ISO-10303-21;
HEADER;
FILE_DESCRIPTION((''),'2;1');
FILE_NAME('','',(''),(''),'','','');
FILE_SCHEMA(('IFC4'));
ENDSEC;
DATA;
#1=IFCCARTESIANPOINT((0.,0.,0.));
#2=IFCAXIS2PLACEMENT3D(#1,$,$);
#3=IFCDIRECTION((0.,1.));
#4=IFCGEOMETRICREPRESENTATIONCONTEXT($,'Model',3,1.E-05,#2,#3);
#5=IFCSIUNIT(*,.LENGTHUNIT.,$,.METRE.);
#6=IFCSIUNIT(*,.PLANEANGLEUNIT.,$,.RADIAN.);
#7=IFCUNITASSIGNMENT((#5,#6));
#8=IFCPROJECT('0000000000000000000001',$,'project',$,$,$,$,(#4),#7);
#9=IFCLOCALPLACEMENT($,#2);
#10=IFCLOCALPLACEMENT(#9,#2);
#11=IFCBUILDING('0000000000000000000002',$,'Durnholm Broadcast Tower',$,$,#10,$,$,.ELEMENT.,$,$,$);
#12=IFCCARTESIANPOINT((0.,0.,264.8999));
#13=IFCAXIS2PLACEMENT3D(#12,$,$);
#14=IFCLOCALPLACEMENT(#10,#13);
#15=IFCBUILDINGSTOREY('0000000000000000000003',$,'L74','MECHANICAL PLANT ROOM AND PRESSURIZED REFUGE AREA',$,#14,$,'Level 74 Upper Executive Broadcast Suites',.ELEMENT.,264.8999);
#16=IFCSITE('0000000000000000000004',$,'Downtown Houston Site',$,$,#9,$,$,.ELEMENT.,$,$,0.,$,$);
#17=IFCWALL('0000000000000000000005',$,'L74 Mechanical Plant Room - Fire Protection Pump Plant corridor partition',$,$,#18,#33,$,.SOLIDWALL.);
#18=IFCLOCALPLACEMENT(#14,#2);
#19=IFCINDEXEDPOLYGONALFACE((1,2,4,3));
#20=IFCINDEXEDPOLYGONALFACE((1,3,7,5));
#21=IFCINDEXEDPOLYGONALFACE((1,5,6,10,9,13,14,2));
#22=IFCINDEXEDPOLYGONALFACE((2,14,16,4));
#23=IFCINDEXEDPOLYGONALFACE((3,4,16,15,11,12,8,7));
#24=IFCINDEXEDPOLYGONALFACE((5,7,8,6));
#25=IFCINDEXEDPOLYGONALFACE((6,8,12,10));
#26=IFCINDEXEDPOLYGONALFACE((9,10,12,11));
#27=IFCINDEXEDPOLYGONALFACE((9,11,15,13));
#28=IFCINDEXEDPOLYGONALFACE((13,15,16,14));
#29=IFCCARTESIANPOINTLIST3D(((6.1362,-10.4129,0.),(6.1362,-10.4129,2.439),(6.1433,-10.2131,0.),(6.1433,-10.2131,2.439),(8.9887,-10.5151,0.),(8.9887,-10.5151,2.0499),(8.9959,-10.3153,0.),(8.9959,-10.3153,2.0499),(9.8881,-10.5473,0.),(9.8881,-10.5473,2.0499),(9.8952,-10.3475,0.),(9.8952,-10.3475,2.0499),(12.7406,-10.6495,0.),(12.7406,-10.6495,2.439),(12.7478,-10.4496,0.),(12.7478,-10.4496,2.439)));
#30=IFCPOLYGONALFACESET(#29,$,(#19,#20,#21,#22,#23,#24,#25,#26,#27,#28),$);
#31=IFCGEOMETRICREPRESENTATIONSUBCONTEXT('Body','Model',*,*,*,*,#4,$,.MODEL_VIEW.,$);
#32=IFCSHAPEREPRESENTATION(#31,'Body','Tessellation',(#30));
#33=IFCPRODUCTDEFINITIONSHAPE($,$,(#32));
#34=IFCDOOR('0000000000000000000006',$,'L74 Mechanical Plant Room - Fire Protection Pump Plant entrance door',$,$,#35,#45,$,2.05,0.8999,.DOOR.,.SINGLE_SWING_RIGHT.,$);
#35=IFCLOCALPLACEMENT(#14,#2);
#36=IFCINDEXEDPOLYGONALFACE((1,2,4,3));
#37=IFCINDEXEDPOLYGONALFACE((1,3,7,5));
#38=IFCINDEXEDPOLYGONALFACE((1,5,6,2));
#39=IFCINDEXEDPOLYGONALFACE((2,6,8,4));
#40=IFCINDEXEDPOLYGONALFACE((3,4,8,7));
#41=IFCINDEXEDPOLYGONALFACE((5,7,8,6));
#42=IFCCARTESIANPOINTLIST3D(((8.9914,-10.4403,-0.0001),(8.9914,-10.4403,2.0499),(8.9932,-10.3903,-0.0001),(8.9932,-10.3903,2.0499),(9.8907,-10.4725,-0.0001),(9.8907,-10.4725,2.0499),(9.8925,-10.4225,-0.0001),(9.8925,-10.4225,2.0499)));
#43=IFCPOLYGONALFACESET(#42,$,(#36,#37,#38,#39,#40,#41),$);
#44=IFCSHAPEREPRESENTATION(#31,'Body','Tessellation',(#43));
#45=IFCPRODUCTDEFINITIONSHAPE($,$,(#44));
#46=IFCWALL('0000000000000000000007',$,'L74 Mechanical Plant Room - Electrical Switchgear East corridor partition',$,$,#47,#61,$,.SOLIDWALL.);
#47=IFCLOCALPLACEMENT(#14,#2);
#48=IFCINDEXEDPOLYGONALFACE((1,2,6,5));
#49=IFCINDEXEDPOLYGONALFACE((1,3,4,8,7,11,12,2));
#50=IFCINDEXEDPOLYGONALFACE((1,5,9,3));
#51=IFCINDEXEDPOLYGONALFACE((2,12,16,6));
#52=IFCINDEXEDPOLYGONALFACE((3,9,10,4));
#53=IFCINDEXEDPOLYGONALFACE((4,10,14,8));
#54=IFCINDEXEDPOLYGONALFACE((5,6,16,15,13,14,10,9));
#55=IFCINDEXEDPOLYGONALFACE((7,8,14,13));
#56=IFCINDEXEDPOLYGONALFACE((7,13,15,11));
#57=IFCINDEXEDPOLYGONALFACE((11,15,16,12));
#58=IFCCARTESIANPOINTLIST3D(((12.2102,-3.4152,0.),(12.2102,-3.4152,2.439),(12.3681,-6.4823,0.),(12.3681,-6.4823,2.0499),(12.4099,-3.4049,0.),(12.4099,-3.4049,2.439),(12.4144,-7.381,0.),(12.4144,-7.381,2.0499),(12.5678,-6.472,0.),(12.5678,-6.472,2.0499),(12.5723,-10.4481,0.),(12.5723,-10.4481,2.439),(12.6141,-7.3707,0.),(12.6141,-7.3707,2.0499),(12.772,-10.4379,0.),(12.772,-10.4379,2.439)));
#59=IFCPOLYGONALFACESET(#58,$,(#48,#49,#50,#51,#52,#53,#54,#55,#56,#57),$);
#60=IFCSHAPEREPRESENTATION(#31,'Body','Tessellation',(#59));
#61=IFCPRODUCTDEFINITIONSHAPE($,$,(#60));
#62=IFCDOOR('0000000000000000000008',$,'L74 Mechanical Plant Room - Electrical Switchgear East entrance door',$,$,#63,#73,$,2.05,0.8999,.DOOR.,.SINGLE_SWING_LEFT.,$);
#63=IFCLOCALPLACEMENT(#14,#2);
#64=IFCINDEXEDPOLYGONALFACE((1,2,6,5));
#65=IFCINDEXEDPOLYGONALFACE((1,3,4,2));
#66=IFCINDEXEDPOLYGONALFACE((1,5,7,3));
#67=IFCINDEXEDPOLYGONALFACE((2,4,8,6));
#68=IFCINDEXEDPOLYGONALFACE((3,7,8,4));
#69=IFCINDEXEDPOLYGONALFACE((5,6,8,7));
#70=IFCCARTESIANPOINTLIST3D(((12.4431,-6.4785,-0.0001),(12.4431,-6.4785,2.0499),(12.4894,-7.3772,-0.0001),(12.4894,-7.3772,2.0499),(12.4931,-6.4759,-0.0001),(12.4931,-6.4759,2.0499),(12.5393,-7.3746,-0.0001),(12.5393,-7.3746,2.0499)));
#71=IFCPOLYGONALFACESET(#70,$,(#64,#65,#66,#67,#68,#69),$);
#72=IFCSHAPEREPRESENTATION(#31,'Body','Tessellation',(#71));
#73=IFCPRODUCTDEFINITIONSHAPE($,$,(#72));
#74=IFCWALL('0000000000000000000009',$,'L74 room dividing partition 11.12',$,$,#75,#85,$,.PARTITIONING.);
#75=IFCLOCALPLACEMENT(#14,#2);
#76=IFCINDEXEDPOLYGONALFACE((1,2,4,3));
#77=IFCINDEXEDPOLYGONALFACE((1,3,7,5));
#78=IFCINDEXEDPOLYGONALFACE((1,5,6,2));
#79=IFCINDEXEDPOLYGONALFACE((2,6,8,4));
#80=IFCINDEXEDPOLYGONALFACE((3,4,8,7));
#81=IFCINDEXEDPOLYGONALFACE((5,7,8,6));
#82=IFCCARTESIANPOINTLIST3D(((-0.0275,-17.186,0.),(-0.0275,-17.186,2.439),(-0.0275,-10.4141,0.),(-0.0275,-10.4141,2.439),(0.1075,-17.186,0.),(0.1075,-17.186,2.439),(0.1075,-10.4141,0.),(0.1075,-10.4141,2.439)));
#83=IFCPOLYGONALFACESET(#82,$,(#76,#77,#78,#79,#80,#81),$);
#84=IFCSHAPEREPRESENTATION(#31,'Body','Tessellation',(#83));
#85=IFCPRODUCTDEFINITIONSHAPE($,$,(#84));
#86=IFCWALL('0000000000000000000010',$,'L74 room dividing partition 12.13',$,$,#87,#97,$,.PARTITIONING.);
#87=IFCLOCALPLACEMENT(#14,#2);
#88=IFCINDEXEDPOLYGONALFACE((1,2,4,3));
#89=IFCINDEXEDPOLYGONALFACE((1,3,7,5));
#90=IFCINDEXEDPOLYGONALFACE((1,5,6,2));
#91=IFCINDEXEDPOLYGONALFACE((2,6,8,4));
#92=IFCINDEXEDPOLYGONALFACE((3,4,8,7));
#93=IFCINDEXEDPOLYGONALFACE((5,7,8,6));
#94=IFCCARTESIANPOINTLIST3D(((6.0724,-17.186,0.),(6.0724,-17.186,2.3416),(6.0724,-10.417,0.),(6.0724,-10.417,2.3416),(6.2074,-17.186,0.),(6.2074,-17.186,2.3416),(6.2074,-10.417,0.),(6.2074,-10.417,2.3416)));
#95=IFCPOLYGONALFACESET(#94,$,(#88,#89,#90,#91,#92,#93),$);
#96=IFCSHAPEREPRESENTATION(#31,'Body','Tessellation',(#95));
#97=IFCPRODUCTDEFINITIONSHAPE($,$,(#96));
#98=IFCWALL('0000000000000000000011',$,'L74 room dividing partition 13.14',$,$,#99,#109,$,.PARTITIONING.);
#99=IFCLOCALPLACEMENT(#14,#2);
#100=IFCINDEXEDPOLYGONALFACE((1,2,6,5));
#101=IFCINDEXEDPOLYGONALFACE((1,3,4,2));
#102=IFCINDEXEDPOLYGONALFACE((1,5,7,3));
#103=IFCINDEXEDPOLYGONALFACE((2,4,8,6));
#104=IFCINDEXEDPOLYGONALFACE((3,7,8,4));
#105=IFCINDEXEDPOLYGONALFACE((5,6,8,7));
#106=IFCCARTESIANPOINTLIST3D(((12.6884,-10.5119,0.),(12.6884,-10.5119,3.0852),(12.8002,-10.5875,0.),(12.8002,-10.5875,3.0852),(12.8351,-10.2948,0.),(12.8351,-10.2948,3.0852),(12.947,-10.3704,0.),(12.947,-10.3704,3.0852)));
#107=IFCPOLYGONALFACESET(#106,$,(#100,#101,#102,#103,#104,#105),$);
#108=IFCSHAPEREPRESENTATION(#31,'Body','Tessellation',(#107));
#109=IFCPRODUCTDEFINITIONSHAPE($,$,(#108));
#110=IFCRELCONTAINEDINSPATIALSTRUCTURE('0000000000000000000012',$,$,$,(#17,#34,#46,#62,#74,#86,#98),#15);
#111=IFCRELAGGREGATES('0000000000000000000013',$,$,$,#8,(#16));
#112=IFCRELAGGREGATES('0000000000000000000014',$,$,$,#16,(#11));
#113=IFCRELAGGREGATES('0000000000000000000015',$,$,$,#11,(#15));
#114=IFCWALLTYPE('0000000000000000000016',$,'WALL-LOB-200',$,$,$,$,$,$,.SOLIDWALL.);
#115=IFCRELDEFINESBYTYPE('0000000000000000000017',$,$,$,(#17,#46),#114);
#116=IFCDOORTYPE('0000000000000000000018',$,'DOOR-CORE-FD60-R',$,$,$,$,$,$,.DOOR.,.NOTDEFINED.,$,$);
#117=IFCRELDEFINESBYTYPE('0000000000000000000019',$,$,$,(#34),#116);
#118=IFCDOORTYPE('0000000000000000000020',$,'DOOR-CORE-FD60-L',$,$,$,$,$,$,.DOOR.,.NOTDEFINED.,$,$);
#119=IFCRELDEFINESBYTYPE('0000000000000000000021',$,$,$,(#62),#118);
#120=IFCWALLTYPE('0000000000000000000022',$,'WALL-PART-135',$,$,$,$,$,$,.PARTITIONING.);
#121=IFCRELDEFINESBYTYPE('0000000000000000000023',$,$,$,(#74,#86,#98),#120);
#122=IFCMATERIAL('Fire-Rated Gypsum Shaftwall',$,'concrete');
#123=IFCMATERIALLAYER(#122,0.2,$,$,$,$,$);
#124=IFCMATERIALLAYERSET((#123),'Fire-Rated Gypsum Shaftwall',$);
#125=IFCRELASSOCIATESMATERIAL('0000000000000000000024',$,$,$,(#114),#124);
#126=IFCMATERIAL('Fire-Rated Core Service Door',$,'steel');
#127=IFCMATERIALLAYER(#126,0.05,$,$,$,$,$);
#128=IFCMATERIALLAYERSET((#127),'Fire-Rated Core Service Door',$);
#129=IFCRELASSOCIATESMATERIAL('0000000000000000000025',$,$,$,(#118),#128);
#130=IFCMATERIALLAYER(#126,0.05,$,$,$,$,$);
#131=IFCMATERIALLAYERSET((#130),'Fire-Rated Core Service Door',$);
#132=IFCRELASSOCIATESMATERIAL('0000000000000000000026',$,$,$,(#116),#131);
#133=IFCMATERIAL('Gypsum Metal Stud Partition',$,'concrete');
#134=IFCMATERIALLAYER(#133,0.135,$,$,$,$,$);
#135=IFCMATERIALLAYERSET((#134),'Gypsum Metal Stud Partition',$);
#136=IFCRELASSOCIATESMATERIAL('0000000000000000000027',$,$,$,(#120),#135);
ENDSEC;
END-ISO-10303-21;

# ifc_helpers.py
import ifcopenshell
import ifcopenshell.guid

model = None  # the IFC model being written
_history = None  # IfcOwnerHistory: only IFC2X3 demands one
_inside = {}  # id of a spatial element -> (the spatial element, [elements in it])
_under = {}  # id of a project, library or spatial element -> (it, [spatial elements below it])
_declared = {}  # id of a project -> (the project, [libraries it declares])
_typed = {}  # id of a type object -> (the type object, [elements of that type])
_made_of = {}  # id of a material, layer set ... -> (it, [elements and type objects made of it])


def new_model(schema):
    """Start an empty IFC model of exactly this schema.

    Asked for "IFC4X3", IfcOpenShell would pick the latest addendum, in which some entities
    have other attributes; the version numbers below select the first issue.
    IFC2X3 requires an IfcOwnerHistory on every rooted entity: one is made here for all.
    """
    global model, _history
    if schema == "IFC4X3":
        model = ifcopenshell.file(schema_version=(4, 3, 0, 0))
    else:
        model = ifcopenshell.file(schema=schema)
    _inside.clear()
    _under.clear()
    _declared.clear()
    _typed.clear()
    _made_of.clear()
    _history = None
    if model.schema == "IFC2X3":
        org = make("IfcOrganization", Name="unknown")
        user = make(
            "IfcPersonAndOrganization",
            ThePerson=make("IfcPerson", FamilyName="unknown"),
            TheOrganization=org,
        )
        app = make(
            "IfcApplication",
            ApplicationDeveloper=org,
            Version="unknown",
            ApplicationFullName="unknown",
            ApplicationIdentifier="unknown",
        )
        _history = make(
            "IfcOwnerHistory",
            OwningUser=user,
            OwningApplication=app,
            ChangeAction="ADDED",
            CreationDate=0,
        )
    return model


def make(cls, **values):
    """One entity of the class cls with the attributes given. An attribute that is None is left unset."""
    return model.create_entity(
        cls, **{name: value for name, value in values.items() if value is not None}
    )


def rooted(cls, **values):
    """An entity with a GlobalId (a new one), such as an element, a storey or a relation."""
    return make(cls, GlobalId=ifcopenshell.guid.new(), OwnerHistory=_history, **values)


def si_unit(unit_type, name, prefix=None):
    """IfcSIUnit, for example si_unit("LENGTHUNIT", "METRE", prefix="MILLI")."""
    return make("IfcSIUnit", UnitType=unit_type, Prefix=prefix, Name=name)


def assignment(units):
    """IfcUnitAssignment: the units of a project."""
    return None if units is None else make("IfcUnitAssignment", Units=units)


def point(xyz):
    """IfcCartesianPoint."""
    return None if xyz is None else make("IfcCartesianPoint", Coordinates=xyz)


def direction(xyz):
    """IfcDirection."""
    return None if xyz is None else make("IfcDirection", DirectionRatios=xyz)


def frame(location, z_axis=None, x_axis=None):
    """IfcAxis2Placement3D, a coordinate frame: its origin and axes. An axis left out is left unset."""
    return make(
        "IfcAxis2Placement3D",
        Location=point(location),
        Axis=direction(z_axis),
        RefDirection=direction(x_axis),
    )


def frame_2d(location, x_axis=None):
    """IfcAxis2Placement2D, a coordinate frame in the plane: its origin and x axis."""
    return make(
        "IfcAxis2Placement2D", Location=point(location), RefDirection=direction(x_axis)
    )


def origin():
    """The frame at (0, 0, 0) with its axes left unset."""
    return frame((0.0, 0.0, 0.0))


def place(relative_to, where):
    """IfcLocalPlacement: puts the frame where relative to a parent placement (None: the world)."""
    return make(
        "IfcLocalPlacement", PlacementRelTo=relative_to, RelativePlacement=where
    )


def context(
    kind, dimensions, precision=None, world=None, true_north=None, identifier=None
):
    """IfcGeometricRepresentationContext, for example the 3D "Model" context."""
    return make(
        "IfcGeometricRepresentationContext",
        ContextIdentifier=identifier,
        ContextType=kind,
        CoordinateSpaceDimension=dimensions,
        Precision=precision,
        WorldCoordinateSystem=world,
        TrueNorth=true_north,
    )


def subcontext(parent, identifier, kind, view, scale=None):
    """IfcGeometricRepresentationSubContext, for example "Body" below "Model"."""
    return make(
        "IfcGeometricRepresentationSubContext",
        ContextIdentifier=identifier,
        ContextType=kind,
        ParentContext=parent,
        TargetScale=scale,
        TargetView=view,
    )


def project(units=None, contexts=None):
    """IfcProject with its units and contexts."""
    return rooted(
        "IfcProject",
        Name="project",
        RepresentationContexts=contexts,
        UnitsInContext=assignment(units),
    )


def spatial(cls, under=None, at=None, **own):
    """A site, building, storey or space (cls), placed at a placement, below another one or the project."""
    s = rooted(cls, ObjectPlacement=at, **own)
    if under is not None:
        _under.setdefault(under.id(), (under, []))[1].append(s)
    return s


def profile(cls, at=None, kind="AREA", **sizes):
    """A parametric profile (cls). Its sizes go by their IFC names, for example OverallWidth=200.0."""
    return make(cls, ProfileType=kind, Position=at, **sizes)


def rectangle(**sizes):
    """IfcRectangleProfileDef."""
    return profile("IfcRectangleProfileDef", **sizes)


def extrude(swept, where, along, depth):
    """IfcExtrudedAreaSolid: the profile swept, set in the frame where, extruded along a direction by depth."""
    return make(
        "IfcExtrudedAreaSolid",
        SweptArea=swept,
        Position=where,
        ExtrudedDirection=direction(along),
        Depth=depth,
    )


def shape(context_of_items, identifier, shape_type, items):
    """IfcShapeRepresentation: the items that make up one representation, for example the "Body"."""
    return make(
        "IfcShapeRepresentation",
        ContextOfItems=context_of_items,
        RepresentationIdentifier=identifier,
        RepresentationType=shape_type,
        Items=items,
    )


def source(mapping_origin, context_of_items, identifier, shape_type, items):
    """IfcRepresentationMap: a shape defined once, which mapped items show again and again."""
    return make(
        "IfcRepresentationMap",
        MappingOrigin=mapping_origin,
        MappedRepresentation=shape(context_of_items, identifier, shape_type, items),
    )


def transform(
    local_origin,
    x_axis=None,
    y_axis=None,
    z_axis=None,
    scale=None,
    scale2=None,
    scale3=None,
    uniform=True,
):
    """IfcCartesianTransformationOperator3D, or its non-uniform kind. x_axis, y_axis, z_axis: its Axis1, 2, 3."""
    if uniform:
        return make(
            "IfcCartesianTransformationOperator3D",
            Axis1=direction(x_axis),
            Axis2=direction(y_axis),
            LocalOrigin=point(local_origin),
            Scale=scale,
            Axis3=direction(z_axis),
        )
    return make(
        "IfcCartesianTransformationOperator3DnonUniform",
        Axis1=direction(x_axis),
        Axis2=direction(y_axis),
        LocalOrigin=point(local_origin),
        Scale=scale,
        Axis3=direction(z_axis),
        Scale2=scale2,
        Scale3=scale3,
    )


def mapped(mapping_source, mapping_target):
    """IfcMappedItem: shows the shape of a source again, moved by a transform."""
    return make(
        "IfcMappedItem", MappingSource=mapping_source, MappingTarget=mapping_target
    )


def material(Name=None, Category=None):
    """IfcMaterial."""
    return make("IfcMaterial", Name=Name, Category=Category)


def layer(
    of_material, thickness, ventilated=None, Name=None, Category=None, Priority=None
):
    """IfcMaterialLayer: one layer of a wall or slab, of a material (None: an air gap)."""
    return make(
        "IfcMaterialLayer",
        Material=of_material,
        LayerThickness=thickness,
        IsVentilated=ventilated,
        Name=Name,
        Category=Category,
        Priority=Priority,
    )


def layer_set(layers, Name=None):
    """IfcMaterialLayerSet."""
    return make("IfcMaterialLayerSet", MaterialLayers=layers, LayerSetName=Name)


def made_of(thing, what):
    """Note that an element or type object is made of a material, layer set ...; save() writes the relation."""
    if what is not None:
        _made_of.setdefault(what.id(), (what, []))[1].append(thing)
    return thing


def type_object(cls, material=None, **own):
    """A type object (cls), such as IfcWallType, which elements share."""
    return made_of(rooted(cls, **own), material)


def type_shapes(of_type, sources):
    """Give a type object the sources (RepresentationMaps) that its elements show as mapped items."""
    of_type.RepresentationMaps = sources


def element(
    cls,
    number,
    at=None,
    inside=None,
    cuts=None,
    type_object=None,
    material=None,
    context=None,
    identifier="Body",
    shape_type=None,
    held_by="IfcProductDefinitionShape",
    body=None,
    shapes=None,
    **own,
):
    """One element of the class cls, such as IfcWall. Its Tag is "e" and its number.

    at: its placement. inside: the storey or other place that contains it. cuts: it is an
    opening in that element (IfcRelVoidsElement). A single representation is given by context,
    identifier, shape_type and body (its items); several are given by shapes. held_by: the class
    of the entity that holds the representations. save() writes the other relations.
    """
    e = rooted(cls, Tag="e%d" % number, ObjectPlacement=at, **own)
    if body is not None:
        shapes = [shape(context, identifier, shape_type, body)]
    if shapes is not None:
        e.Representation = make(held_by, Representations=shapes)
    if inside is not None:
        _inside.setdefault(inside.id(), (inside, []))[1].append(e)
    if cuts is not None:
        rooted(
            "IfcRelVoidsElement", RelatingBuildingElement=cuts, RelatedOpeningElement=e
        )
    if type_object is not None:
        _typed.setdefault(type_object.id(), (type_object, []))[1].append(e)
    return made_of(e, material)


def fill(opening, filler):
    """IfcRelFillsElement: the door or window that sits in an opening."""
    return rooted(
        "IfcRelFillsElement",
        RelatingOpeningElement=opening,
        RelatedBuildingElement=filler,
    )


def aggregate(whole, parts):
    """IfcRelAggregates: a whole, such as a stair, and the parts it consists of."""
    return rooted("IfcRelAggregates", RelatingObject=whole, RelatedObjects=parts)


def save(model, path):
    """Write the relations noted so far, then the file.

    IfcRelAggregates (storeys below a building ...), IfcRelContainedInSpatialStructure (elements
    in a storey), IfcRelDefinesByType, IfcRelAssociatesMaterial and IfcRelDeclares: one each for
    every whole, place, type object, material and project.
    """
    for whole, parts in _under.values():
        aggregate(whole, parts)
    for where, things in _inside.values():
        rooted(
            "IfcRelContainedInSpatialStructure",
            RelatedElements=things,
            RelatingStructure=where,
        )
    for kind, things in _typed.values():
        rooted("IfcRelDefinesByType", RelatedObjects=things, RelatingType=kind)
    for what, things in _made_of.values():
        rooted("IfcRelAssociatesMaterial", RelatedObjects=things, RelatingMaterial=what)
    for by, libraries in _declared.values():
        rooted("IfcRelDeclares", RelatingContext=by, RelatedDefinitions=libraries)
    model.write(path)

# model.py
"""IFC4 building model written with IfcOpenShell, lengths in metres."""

from ifc_helpers import new_model, si_unit, direction, frame, frame_2d, origin, place, context, subcontext, project, spatial, rectangle, extrude, source, transform, mapped, material, layer, layer_set, type_object, type_shapes, element, fill, save


model = new_model("IFC4")

# Units and contexts
model_context = context("Model", 3, precision=1e-05, world=origin(), true_north=direction((0.0, 1.0)))
body_context = subcontext(model_context, "Body", "Model", "MODEL_VIEW")
ifc_project = project(units=[si_unit("LENGTHUNIT", "METRE"), si_unit("PLANEANGLEUNIT", "RADIAN")], contexts=[model_context])

# Site, building, storey
site_placement = place(None, origin())
site = spatial("IfcSite", under=ifc_project, at=site_placement, Name="Downtown Houston Site", CompositionType="ELEMENT", RefElevation=0.0)
building_placement = place(site_placement, origin())
building = spatial("IfcBuilding", under=site, at=building_placement, Name="Durnholm Broadcast Tower", CompositionType="ELEMENT")
storey_placement = place(building_placement, frame((0.0, 0.0, 264.8999)))
storey = spatial("IfcBuildingStorey", under=building, at=storey_placement, Name="L74", Description="MECHANICAL PLANT ROOM AND PRESSURIZED REFUGE AREA", LongName="Level 74 Upper Executive Broadcast Suites", CompositionType="ELEMENT", Elevation=264.8999)

# Walls, openings, doors
ifc_material_1 = material(Name="Fire-Rated Gypsum Shaftwall", Category="concrete")
ifc_layer_1 = layer(ifc_material_1, 0.2)
ifc_layer_set_1 = layer_set([ifc_layer_1], Name="Fire-Rated Gypsum Shaftwall")
wall_type_1 = type_object("IfcWallType", Name="WALL-LOB-200", PredefinedType="SOLIDWALL", material=ifc_layer_set_1)
ifc_material_2 = material(Name="Fire-Rated Core Service Door", Category="steel")
ifc_layer_2 = layer(ifc_material_2, 0.05)
ifc_layer_set_2 = layer_set([ifc_layer_2], Name="Fire-Rated Core Service Door")
door_type_1 = type_object("IfcDoorType", Name="DOOR-CORE-FD60-L", OperationType="NOTDEFINED", PredefinedType="DOOR", material=ifc_layer_set_2)
shared_shape_1 = source(origin(), body_context, "Body", "SweptSolid", [
    extrude(rectangle(XDim=0.8999, YDim=2.05, at=frame_2d((0.45, 1.0249))), frame((0.0, 0.0249, 0.0), z_axis=(0.0, -1.0, 0.0), x_axis=(1.0, 0.0, 0.0)), (0.0, 0.0, 1.0), 0.05),
])
type_shapes(door_type_1, [shared_shape_1])
wall_1_placement = place(storey_placement, frame((6.1399, -10.313, 0.0), z_axis=(0.0, 0.0, 1.0), x_axis=(0.999359, -0.035797, 0.0)))
wall_1 = element("IfcWall", 1, at=wall_1_placement, inside=storey, type_object=wall_type_1, Name="L74 Mechanical Plant Room - Fire Protection Pump Plant corridor partition", PredefinedType="SOLIDWALL", context=body_context, shape_type="SweptSolid", body=[
    extrude(rectangle(XDim=6.6086, YDim=0.2, at=frame_2d((3.3042, 0.0))), origin(), (0.0, 0.0, 1.0), 2.439),
])
opening_1_placement = place(wall_1_placement, frame((2.8542, 0.0, 0.0)))
opening_1 = element("IfcOpeningElement", 2, at=opening_1_placement, cuts=wall_1, PredefinedType="OPENING", context=body_context, shape_type="SweptSolid", body=[
    extrude(rectangle(XDim=0.8999, YDim=2.05, at=frame_2d((0.45, 1.0249))), frame((0.0, 0.1099, 0.0), z_axis=(0.0, -1.0, 0.0), x_axis=(1.0, 0.0, 0.0)), (0.0, 0.0, 1.0), 0.22),
])
ifc_layer_3 = layer(ifc_material_2, 0.05)
ifc_layer_set_3 = layer_set([ifc_layer_3], Name="Fire-Rated Core Service Door")
door_type_2 = type_object("IfcDoorType", Name="DOOR-CORE-FD60-R", OperationType="NOTDEFINED", PredefinedType="DOOR", material=ifc_layer_set_3)
shared_shape_2 = source(origin(), body_context, "Body", "SweptSolid", [
    extrude(rectangle(XDim=0.8999, YDim=2.05, at=frame_2d((0.45, 1.0249))), frame((0.0, 0.0249, 0.0), z_axis=(0.0, -1.0, 0.0), x_axis=(1.0, 0.0, 0.0)), (0.0, 0.0, 1.0), 0.05),
])
type_shapes(door_type_2, [shared_shape_2])
door_1_placement = place(opening_1_placement, origin())
door_1 = element("IfcDoor", 3, at=door_1_placement, inside=storey, type_object=door_type_2, Name="L74 Mechanical Plant Room - Fire Protection Pump Plant entrance door", OperationType="SINGLE_SWING_RIGHT", OverallHeight=2.05, OverallWidth=0.8999, PredefinedType="DOOR", context=body_context, shape_type="MappedRepresentation", body=[
    mapped(shared_shape_2, transform((0.0, 0.0, 0.0), x_axis=(1.0, 0.0, 0.0), y_axis=(0.0, 1.0, 0.0), z_axis=(0.0, 0.0, 1.0), scale=1.0)),
])
fill(opening_1, door_1)
wall_2_placement = place(storey_placement, frame((12.6721, -10.4429, 0.0), z_axis=(0.0, 0.0, 1.0), x_axis=(-0.051412, 0.998678, 0.0)))
wall_2 = element("IfcWall", 4, at=wall_2_placement, inside=storey, type_object=wall_type_1, Name="L74 Mechanical Plant Room - Electrical Switchgear East corridor partition", PredefinedType="SOLIDWALL", context=body_context, shape_type="SweptSolid", body=[
    extrude(rectangle(XDim=7.0422, YDim=0.2, at=frame_2d((3.521, 0.0))), origin(), (0.0, 0.0, 1.0), 2.439),
])
opening_2_placement = place(wall_2_placement, frame((3.071, 0.0, 0.0)))
opening_2 = element("IfcOpeningElement", 5, at=opening_2_placement, cuts=wall_2, PredefinedType="OPENING", context=body_context, shape_type="SweptSolid", body=[
    extrude(rectangle(XDim=0.8999, YDim=2.05, at=frame_2d((0.45, 1.0249))), frame((0.0, 0.1099, 0.0), z_axis=(0.0, -1.0, 0.0), x_axis=(1.0, 0.0, 0.0)), (0.0, 0.0, 1.0), 0.22),
])
door_2_placement = place(opening_2_placement, origin())
door_2 = element("IfcDoor", 6, at=door_2_placement, inside=storey, type_object=door_type_1, Name="L74 Mechanical Plant Room - Electrical Switchgear East entrance door", OperationType="SINGLE_SWING_LEFT", OverallHeight=2.05, OverallWidth=0.8999, PredefinedType="DOOR", context=body_context, shape_type="MappedRepresentation", body=[
    mapped(shared_shape_1, transform((0.0, 0.0, 0.0), x_axis=(1.0, 0.0, 0.0), y_axis=(0.0, 1.0, 0.0), z_axis=(0.0, 0.0, 1.0), scale=1.0)),
])
fill(opening_2, door_2)

# Walls
ifc_material_3 = material(Name="Gypsum Metal Stud Partition", Category="concrete")
ifc_layer_4 = layer(ifc_material_3, 0.135)
ifc_layer_set_4 = layer_set([ifc_layer_4], Name="Gypsum Metal Stud Partition")
wall_type_2 = type_object("IfcWallType", Name="WALL-PART-135", PredefinedType="PARTITIONING", material=ifc_layer_set_4)
wall_3_placement = place(storey_placement, frame((0.04, -10.4141, 0.0), z_axis=(0.0, 0.0, 1.0), x_axis=(0.0, -1.0, 0.0)))
element("IfcWall", 7, at=wall_3_placement, inside=storey, type_object=wall_type_2, Name="L74 room dividing partition 11.12", PredefinedType="PARTITIONING", context=body_context, shape_type="SweptSolid", body=[
    extrude(rectangle(XDim=6.772, YDim=0.135, at=frame_2d((3.386, 0.0))), origin(), (0.0, 0.0, 1.0), 2.439),
])
wall_4_placement = place(storey_placement, frame((6.1399, -10.417, 0.0), z_axis=(0.0, 0.0, 1.0), x_axis=(0.0, -1.0, 0.0)))
element("IfcWall", 8, at=wall_4_placement, inside=storey, type_object=wall_type_2, Name="L74 room dividing partition 12.13", PredefinedType="PARTITIONING", context=body_context, shape_type="SweptSolid", body=[
    extrude(rectangle(XDim=6.769, YDim=0.135, at=frame_2d((3.3845, 0.0))), origin(), (0.0, 0.0, 1.0), 2.3416),
])
wall_5_placement = place(storey_placement, frame((12.7444, -10.5496, 0.0), z_axis=(0.0, 0.0, 1.0), x_axis=(0.560065, 0.828449, 0.0)))
element("IfcWall", 9, at=wall_5_placement, inside=storey, type_object=wall_type_2, Name="L74 room dividing partition 13.14", PredefinedType="PARTITIONING", context=body_context, shape_type="SweptSolid", body=[
    extrude(rectangle(XDim=0.262, YDim=0.135, at=frame_2d((0.1309, 0.0))), origin(), (0.0, 0.0, 1.0), 3.0852),
])

save(model, "model.ifc")
